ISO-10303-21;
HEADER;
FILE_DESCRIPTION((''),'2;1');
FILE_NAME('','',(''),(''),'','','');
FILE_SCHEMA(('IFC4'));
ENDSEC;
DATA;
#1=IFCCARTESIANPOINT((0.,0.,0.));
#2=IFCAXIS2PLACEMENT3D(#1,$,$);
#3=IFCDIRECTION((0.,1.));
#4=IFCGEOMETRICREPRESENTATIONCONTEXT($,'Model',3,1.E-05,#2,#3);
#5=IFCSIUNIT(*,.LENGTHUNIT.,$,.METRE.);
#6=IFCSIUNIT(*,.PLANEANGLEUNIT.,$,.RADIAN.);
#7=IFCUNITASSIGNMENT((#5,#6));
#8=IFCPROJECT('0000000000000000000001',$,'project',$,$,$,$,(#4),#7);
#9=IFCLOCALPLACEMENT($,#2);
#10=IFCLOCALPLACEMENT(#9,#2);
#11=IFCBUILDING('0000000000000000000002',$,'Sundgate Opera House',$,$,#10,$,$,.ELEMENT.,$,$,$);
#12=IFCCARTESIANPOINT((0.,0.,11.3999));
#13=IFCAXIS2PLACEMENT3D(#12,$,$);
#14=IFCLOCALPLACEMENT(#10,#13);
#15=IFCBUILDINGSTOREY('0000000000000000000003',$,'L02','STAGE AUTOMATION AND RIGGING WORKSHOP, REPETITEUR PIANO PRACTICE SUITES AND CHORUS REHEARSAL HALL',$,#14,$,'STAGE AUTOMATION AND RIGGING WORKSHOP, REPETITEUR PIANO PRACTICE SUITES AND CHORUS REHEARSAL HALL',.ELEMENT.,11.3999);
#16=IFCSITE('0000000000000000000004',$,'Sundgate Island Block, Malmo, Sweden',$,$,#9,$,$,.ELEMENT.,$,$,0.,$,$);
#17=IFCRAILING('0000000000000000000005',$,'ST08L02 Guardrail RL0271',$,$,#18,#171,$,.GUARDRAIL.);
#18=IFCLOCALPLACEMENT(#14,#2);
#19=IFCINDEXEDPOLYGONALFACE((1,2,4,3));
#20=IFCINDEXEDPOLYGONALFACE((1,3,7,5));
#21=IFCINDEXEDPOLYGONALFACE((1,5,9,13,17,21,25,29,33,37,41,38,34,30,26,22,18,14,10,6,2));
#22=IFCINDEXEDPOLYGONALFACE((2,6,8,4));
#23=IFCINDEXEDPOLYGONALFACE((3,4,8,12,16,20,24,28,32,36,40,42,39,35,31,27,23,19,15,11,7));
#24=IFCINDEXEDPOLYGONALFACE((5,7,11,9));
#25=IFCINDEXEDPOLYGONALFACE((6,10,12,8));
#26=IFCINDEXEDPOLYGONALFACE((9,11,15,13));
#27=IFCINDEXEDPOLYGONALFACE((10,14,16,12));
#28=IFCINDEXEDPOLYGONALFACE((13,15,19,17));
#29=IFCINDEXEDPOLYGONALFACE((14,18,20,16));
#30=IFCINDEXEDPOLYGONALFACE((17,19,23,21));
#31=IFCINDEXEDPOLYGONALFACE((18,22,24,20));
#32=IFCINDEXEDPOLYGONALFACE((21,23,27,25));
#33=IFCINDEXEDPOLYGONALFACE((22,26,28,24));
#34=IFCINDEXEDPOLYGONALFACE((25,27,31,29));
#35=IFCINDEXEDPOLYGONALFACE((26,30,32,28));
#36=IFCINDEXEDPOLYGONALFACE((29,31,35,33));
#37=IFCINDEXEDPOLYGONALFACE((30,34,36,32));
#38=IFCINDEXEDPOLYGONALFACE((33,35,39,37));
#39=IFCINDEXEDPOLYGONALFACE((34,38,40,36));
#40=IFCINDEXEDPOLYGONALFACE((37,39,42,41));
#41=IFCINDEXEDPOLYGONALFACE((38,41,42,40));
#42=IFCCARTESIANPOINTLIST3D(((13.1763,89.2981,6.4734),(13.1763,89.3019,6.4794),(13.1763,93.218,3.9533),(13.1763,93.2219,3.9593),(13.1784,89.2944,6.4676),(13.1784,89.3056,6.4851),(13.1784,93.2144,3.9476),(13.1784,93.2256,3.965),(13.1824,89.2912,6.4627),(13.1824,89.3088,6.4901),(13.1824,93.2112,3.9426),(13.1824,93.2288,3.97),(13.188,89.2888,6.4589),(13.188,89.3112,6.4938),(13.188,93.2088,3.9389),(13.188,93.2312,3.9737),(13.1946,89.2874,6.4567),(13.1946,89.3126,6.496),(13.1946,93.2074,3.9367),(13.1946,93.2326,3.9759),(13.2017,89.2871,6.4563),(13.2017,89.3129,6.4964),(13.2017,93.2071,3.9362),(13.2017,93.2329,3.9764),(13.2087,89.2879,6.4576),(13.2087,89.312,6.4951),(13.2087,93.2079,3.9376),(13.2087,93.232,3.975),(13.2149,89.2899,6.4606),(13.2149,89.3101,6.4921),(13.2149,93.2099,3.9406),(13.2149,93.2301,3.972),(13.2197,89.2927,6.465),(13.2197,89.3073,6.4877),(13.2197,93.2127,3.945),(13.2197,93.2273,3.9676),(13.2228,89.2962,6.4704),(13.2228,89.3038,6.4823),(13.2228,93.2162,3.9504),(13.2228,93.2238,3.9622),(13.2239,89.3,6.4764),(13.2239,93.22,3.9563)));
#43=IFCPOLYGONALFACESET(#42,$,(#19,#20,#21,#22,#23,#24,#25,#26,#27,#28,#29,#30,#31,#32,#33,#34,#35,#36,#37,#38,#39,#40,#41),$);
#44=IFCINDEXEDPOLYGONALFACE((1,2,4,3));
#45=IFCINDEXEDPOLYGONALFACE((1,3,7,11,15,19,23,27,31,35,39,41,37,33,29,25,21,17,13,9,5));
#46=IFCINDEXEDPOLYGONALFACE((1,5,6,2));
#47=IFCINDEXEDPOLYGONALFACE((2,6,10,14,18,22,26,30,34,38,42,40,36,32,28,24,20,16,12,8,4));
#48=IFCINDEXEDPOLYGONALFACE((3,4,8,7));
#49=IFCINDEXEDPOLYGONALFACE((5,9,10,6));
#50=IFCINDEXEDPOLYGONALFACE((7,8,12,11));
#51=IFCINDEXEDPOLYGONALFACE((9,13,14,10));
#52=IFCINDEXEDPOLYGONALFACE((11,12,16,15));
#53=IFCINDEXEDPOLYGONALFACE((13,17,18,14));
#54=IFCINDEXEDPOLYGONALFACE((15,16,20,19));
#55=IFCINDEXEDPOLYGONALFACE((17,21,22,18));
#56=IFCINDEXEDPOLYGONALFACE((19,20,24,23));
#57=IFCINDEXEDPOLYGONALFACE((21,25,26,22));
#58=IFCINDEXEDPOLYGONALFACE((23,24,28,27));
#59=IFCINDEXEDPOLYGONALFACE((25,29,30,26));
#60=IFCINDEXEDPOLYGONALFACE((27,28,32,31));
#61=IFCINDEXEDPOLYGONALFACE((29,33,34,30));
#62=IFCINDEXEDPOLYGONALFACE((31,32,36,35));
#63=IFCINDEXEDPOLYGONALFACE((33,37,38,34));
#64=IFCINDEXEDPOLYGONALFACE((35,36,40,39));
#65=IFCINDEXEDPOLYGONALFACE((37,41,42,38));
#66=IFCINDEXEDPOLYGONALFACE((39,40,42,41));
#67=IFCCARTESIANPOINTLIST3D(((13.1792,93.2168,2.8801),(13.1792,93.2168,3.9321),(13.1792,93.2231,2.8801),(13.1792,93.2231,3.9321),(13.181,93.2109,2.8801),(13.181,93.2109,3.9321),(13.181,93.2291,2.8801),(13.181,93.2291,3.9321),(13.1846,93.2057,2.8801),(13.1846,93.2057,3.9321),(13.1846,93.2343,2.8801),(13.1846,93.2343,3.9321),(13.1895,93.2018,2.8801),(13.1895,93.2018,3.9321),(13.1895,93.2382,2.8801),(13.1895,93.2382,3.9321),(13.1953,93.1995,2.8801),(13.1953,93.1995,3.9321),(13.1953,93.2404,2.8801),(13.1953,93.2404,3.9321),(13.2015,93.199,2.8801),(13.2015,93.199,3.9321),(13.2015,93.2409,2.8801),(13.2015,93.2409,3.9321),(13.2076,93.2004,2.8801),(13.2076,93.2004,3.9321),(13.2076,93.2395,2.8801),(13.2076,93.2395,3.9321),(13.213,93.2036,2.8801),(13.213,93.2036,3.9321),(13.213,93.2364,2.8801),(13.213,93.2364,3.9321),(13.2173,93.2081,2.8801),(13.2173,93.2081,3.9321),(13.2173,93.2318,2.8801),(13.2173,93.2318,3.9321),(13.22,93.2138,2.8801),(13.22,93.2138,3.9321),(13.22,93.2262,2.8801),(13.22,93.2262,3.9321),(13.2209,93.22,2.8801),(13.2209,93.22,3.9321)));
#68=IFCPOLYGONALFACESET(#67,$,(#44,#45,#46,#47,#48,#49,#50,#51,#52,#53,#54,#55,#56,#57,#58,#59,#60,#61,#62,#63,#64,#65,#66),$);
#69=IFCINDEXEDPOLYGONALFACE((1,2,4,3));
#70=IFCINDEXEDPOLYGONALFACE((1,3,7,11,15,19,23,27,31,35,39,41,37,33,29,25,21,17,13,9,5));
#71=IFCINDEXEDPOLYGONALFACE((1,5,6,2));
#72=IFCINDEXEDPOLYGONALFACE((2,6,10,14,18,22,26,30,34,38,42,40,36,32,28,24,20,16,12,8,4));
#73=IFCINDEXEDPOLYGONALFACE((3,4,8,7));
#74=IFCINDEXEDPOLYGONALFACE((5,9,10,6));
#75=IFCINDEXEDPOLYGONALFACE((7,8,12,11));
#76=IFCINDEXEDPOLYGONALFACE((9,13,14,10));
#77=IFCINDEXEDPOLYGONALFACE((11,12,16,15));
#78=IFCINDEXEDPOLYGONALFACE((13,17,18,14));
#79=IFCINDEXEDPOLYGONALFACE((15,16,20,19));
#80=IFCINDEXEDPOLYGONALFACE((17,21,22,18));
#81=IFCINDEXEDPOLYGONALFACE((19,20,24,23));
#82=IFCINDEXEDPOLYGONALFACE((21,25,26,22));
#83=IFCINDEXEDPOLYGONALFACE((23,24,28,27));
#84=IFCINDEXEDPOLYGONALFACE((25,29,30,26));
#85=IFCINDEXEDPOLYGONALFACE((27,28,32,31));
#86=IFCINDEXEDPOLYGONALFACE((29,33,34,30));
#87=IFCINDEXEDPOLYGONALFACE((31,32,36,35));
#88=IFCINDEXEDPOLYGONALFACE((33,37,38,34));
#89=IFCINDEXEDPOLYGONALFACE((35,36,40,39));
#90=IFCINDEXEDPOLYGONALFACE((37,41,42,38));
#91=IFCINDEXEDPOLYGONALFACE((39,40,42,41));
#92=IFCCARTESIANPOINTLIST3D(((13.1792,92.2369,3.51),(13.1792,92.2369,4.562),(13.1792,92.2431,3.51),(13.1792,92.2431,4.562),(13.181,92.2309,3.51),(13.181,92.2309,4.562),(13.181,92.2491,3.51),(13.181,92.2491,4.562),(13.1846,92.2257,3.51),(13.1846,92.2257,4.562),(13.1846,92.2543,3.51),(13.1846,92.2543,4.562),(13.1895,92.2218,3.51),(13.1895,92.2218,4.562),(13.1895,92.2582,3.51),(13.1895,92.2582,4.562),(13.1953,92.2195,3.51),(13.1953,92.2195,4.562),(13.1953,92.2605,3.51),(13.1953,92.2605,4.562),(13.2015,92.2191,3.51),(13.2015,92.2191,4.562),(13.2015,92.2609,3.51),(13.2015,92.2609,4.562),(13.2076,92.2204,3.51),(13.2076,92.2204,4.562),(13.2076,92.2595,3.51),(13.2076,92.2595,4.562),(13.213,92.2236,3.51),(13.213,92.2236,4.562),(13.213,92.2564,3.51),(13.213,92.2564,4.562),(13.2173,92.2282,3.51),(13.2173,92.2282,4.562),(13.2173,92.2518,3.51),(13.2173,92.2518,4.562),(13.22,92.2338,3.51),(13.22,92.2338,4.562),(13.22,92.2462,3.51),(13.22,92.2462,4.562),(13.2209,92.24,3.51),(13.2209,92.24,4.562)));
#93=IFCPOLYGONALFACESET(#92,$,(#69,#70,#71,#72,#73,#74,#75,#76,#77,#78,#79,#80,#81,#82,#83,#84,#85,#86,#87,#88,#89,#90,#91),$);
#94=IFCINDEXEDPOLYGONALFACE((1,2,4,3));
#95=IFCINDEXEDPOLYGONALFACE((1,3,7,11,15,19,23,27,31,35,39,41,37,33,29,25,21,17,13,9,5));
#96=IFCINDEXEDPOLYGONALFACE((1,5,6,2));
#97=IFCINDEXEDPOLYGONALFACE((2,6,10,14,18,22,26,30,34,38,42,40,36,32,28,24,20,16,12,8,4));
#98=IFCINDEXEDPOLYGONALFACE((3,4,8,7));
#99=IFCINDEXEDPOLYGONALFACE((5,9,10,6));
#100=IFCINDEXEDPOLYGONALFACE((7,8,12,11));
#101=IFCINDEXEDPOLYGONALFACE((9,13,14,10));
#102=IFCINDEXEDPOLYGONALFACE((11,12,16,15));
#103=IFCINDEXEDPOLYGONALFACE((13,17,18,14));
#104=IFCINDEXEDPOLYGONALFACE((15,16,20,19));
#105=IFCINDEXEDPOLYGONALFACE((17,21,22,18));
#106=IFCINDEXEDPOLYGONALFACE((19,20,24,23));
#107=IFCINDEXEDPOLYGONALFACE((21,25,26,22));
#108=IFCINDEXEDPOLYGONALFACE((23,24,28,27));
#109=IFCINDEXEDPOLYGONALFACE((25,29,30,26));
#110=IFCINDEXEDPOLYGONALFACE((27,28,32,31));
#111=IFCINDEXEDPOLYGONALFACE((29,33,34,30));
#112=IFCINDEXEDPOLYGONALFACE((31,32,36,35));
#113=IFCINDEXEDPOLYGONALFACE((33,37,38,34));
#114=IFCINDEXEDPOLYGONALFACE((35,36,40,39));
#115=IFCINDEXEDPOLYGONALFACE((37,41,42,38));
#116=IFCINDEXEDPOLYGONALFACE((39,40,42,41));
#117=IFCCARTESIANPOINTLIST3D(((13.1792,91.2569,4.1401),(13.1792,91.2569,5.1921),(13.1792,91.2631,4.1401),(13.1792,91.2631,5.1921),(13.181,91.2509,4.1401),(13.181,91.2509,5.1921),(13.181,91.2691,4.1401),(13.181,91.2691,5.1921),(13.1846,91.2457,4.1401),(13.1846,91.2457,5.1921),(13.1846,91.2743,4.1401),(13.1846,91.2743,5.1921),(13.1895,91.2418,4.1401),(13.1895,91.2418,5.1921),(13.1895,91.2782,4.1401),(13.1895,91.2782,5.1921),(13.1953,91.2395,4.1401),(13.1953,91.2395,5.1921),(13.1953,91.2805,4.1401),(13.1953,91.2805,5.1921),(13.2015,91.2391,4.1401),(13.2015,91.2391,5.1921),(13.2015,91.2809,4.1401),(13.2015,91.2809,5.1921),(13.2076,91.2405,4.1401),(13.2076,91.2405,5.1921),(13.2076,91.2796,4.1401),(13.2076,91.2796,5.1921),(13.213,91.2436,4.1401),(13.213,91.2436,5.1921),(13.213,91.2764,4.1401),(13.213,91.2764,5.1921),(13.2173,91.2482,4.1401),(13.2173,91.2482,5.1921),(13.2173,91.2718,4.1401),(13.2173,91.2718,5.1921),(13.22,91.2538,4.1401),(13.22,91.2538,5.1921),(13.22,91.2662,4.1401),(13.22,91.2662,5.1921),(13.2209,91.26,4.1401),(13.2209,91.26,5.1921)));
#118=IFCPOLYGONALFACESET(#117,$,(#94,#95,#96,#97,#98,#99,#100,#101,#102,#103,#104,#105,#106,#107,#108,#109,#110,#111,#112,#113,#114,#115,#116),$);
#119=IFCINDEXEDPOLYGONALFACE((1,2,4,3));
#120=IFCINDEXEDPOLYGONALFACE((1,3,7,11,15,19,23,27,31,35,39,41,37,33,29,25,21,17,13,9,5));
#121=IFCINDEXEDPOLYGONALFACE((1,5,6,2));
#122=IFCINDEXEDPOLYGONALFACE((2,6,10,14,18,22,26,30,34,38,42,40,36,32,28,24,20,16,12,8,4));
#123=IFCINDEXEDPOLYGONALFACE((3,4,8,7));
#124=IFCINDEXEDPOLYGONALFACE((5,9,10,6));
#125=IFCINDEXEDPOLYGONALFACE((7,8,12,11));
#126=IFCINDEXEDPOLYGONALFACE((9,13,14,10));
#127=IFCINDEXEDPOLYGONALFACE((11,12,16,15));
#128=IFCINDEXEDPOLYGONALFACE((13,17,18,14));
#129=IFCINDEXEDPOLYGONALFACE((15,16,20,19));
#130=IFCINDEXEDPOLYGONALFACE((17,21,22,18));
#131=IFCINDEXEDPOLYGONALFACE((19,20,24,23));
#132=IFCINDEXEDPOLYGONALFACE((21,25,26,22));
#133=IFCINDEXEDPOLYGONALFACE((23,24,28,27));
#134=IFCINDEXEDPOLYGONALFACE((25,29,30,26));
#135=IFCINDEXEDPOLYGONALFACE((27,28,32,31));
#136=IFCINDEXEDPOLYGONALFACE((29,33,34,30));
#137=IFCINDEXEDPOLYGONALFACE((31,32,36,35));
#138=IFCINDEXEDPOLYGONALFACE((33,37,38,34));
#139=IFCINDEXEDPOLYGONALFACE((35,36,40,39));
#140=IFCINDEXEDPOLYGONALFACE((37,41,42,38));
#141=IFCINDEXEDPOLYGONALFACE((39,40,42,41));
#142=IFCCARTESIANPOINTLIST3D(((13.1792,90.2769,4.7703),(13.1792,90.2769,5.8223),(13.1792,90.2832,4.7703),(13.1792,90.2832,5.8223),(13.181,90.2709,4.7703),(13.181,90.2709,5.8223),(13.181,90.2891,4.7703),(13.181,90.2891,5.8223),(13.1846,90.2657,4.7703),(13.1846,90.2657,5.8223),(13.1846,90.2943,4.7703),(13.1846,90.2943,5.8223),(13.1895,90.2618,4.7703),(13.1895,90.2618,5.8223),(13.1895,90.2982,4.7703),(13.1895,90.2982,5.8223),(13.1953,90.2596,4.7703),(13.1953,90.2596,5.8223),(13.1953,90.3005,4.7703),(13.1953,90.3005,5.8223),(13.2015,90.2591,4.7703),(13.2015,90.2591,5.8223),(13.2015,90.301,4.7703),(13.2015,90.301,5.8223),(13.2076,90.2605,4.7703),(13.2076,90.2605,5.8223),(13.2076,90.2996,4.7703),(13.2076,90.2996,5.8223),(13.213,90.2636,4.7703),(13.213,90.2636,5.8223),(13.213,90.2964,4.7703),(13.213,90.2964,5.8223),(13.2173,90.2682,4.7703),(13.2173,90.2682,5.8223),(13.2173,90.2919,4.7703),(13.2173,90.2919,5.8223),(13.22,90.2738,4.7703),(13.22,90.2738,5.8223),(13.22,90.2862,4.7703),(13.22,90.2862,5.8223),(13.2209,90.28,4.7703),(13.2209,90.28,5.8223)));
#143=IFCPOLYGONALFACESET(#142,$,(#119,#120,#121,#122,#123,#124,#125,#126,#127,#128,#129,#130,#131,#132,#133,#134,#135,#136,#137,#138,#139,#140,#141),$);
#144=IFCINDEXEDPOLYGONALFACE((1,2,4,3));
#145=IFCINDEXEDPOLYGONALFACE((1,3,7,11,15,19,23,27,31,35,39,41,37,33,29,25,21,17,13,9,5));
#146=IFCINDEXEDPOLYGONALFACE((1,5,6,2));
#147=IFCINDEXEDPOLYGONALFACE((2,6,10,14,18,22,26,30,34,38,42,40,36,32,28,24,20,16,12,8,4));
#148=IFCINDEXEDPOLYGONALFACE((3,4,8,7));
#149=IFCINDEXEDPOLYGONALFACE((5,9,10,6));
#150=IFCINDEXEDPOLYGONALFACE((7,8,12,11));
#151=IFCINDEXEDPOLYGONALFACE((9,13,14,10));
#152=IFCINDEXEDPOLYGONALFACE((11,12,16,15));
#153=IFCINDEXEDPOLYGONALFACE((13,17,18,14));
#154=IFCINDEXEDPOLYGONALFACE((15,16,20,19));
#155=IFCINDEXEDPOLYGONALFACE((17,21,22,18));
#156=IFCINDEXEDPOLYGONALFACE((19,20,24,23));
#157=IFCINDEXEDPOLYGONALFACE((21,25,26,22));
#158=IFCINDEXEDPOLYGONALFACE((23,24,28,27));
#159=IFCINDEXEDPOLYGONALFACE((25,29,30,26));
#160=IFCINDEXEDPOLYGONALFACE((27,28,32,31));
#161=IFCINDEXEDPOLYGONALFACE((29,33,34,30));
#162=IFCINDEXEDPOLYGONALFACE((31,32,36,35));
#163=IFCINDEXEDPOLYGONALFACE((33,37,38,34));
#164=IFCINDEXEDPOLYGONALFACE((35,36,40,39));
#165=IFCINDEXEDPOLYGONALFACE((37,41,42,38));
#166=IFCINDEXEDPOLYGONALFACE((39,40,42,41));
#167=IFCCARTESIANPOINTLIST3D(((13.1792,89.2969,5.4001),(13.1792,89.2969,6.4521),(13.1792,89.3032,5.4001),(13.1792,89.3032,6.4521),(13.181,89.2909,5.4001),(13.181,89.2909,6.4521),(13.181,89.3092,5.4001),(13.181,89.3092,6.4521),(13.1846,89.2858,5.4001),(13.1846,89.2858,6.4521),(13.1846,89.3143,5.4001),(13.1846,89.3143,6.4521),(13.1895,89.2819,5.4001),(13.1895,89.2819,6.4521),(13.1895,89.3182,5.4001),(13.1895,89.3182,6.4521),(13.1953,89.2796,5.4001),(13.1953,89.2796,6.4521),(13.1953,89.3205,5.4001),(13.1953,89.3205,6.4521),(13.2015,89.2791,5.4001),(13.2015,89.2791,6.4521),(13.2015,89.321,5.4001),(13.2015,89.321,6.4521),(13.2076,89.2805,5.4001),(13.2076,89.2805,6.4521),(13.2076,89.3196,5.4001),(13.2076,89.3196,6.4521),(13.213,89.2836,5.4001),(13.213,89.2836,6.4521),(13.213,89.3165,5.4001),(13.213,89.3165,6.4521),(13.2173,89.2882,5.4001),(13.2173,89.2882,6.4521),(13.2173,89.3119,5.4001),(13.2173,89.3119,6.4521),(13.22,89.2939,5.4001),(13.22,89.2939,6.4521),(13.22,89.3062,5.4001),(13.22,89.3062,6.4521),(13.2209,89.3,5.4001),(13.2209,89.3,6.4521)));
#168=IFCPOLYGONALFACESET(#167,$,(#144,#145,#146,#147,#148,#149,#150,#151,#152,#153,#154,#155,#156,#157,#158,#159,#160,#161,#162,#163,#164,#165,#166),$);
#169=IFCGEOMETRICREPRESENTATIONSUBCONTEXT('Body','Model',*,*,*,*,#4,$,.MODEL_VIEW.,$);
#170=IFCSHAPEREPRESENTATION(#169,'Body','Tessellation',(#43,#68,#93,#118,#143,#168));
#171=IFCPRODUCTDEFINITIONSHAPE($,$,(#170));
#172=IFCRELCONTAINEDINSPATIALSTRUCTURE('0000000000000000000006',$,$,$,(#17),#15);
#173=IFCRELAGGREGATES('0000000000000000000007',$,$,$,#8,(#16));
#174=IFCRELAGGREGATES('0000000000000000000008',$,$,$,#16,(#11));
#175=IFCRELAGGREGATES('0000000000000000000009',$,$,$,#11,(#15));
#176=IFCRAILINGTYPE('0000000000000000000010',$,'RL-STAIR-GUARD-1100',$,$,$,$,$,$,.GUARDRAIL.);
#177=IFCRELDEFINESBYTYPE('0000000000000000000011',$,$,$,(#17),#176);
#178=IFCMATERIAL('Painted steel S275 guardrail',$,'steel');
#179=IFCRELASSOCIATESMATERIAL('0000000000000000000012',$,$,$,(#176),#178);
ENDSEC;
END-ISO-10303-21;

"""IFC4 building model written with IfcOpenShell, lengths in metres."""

from ifc_helpers import new_model, si_unit, direction, frame, origin, origin_2d, place, context, subcontext, project, spatial, circle, extrude, material, type_object, element, save


model = new_model("IFC4")

# Units and contexts
model_context = context("Model", 3, precision=1e-05, world=origin(), true_north=direction((0.0, 1.0)))
body_context = subcontext(model_context, "Body", "Model", "MODEL_VIEW")
ifc_project = project(units=[si_unit("LENGTHUNIT", "METRE"), si_unit("PLANEANGLEUNIT", "RADIAN")], contexts=[model_context])

# Site, building, storey
site_placement = place(None, origin())
site = spatial("IfcSite", under=ifc_project, at=site_placement, Name="Sundgate Island Block, Malmo, Sweden", CompositionType="ELEMENT", RefElevation=0.0)
building_placement = place(site_placement, origin())
building = spatial("IfcBuilding", under=site, at=building_placement, Name="Sundgate Opera House", CompositionType="ELEMENT")
storey_placement = place(building_placement, frame((0.0, 0.0, 11.3999)))
storey = spatial("IfcBuildingStorey", under=building, at=storey_placement, Name="L02", Description="STAGE AUTOMATION AND RIGGING WORKSHOP, REPETITEUR PIANO PRACTICE SUITES AND CHORUS REHEARSAL HALL", LongName="STAGE AUTOMATION AND RIGGING WORKSHOP, REPETITEUR PIANO PRACTICE SUITES AND CHORUS REHEARSAL HALL", CompositionType="ELEMENT", Elevation=11.3999)

# Railing
ifc_material_1 = material(Name="Painted steel S275 guardrail", Category="steel")
railing_type = type_object("IfcRailingType", Name="RL-STAIR-GUARD-1100", PredefinedType="GUARDRAIL", material=ifc_material_1)
railing_1_placement = place(storey_placement, frame((13.2, 93.22, 2.8801)))
element("IfcRailing", 1, at=railing_1_placement, inside=storey, type_object=railing_type, Name="ST08L02 Guardrail RL0271", PredefinedType="GUARDRAIL", context=body_context, shape_type="SweptSolid", body=[
    extrude(circle(Radius=0.0239, at=origin_2d()), frame((0.0, 0.0, 1.0762), z_axis=(0.0, -0.841172, 0.540768), x_axis=(1.0, 0.0, 0.0)), (0.0, 0.0, 1.0), 4.6602),
    extrude(circle(Radius=0.021, at=origin_2d()), origin(), (0.0, 0.0, 1.0), 1.052),
    extrude(circle(Radius=0.021, at=origin_2d()), frame((0.0, -0.98, 0.6299)), (0.0, 0.0, 1.0), 1.052),
    extrude(circle(Radius=0.021, at=origin_2d()), frame((0.0, -1.96, 1.26)), (0.0, 0.0, 1.0), 1.052),
    extrude(circle(Radius=0.021, at=origin_2d()), frame((0.0, -2.9399, 1.8901)), (0.0, 0.0, 1.0), 1.052),
    extrude(circle(Radius=0.021, at=origin_2d()), frame((0.0, -3.9199, 2.52)), (0.0, 0.0, 1.0), 1.052),
])

save(model, "model.ifc")
